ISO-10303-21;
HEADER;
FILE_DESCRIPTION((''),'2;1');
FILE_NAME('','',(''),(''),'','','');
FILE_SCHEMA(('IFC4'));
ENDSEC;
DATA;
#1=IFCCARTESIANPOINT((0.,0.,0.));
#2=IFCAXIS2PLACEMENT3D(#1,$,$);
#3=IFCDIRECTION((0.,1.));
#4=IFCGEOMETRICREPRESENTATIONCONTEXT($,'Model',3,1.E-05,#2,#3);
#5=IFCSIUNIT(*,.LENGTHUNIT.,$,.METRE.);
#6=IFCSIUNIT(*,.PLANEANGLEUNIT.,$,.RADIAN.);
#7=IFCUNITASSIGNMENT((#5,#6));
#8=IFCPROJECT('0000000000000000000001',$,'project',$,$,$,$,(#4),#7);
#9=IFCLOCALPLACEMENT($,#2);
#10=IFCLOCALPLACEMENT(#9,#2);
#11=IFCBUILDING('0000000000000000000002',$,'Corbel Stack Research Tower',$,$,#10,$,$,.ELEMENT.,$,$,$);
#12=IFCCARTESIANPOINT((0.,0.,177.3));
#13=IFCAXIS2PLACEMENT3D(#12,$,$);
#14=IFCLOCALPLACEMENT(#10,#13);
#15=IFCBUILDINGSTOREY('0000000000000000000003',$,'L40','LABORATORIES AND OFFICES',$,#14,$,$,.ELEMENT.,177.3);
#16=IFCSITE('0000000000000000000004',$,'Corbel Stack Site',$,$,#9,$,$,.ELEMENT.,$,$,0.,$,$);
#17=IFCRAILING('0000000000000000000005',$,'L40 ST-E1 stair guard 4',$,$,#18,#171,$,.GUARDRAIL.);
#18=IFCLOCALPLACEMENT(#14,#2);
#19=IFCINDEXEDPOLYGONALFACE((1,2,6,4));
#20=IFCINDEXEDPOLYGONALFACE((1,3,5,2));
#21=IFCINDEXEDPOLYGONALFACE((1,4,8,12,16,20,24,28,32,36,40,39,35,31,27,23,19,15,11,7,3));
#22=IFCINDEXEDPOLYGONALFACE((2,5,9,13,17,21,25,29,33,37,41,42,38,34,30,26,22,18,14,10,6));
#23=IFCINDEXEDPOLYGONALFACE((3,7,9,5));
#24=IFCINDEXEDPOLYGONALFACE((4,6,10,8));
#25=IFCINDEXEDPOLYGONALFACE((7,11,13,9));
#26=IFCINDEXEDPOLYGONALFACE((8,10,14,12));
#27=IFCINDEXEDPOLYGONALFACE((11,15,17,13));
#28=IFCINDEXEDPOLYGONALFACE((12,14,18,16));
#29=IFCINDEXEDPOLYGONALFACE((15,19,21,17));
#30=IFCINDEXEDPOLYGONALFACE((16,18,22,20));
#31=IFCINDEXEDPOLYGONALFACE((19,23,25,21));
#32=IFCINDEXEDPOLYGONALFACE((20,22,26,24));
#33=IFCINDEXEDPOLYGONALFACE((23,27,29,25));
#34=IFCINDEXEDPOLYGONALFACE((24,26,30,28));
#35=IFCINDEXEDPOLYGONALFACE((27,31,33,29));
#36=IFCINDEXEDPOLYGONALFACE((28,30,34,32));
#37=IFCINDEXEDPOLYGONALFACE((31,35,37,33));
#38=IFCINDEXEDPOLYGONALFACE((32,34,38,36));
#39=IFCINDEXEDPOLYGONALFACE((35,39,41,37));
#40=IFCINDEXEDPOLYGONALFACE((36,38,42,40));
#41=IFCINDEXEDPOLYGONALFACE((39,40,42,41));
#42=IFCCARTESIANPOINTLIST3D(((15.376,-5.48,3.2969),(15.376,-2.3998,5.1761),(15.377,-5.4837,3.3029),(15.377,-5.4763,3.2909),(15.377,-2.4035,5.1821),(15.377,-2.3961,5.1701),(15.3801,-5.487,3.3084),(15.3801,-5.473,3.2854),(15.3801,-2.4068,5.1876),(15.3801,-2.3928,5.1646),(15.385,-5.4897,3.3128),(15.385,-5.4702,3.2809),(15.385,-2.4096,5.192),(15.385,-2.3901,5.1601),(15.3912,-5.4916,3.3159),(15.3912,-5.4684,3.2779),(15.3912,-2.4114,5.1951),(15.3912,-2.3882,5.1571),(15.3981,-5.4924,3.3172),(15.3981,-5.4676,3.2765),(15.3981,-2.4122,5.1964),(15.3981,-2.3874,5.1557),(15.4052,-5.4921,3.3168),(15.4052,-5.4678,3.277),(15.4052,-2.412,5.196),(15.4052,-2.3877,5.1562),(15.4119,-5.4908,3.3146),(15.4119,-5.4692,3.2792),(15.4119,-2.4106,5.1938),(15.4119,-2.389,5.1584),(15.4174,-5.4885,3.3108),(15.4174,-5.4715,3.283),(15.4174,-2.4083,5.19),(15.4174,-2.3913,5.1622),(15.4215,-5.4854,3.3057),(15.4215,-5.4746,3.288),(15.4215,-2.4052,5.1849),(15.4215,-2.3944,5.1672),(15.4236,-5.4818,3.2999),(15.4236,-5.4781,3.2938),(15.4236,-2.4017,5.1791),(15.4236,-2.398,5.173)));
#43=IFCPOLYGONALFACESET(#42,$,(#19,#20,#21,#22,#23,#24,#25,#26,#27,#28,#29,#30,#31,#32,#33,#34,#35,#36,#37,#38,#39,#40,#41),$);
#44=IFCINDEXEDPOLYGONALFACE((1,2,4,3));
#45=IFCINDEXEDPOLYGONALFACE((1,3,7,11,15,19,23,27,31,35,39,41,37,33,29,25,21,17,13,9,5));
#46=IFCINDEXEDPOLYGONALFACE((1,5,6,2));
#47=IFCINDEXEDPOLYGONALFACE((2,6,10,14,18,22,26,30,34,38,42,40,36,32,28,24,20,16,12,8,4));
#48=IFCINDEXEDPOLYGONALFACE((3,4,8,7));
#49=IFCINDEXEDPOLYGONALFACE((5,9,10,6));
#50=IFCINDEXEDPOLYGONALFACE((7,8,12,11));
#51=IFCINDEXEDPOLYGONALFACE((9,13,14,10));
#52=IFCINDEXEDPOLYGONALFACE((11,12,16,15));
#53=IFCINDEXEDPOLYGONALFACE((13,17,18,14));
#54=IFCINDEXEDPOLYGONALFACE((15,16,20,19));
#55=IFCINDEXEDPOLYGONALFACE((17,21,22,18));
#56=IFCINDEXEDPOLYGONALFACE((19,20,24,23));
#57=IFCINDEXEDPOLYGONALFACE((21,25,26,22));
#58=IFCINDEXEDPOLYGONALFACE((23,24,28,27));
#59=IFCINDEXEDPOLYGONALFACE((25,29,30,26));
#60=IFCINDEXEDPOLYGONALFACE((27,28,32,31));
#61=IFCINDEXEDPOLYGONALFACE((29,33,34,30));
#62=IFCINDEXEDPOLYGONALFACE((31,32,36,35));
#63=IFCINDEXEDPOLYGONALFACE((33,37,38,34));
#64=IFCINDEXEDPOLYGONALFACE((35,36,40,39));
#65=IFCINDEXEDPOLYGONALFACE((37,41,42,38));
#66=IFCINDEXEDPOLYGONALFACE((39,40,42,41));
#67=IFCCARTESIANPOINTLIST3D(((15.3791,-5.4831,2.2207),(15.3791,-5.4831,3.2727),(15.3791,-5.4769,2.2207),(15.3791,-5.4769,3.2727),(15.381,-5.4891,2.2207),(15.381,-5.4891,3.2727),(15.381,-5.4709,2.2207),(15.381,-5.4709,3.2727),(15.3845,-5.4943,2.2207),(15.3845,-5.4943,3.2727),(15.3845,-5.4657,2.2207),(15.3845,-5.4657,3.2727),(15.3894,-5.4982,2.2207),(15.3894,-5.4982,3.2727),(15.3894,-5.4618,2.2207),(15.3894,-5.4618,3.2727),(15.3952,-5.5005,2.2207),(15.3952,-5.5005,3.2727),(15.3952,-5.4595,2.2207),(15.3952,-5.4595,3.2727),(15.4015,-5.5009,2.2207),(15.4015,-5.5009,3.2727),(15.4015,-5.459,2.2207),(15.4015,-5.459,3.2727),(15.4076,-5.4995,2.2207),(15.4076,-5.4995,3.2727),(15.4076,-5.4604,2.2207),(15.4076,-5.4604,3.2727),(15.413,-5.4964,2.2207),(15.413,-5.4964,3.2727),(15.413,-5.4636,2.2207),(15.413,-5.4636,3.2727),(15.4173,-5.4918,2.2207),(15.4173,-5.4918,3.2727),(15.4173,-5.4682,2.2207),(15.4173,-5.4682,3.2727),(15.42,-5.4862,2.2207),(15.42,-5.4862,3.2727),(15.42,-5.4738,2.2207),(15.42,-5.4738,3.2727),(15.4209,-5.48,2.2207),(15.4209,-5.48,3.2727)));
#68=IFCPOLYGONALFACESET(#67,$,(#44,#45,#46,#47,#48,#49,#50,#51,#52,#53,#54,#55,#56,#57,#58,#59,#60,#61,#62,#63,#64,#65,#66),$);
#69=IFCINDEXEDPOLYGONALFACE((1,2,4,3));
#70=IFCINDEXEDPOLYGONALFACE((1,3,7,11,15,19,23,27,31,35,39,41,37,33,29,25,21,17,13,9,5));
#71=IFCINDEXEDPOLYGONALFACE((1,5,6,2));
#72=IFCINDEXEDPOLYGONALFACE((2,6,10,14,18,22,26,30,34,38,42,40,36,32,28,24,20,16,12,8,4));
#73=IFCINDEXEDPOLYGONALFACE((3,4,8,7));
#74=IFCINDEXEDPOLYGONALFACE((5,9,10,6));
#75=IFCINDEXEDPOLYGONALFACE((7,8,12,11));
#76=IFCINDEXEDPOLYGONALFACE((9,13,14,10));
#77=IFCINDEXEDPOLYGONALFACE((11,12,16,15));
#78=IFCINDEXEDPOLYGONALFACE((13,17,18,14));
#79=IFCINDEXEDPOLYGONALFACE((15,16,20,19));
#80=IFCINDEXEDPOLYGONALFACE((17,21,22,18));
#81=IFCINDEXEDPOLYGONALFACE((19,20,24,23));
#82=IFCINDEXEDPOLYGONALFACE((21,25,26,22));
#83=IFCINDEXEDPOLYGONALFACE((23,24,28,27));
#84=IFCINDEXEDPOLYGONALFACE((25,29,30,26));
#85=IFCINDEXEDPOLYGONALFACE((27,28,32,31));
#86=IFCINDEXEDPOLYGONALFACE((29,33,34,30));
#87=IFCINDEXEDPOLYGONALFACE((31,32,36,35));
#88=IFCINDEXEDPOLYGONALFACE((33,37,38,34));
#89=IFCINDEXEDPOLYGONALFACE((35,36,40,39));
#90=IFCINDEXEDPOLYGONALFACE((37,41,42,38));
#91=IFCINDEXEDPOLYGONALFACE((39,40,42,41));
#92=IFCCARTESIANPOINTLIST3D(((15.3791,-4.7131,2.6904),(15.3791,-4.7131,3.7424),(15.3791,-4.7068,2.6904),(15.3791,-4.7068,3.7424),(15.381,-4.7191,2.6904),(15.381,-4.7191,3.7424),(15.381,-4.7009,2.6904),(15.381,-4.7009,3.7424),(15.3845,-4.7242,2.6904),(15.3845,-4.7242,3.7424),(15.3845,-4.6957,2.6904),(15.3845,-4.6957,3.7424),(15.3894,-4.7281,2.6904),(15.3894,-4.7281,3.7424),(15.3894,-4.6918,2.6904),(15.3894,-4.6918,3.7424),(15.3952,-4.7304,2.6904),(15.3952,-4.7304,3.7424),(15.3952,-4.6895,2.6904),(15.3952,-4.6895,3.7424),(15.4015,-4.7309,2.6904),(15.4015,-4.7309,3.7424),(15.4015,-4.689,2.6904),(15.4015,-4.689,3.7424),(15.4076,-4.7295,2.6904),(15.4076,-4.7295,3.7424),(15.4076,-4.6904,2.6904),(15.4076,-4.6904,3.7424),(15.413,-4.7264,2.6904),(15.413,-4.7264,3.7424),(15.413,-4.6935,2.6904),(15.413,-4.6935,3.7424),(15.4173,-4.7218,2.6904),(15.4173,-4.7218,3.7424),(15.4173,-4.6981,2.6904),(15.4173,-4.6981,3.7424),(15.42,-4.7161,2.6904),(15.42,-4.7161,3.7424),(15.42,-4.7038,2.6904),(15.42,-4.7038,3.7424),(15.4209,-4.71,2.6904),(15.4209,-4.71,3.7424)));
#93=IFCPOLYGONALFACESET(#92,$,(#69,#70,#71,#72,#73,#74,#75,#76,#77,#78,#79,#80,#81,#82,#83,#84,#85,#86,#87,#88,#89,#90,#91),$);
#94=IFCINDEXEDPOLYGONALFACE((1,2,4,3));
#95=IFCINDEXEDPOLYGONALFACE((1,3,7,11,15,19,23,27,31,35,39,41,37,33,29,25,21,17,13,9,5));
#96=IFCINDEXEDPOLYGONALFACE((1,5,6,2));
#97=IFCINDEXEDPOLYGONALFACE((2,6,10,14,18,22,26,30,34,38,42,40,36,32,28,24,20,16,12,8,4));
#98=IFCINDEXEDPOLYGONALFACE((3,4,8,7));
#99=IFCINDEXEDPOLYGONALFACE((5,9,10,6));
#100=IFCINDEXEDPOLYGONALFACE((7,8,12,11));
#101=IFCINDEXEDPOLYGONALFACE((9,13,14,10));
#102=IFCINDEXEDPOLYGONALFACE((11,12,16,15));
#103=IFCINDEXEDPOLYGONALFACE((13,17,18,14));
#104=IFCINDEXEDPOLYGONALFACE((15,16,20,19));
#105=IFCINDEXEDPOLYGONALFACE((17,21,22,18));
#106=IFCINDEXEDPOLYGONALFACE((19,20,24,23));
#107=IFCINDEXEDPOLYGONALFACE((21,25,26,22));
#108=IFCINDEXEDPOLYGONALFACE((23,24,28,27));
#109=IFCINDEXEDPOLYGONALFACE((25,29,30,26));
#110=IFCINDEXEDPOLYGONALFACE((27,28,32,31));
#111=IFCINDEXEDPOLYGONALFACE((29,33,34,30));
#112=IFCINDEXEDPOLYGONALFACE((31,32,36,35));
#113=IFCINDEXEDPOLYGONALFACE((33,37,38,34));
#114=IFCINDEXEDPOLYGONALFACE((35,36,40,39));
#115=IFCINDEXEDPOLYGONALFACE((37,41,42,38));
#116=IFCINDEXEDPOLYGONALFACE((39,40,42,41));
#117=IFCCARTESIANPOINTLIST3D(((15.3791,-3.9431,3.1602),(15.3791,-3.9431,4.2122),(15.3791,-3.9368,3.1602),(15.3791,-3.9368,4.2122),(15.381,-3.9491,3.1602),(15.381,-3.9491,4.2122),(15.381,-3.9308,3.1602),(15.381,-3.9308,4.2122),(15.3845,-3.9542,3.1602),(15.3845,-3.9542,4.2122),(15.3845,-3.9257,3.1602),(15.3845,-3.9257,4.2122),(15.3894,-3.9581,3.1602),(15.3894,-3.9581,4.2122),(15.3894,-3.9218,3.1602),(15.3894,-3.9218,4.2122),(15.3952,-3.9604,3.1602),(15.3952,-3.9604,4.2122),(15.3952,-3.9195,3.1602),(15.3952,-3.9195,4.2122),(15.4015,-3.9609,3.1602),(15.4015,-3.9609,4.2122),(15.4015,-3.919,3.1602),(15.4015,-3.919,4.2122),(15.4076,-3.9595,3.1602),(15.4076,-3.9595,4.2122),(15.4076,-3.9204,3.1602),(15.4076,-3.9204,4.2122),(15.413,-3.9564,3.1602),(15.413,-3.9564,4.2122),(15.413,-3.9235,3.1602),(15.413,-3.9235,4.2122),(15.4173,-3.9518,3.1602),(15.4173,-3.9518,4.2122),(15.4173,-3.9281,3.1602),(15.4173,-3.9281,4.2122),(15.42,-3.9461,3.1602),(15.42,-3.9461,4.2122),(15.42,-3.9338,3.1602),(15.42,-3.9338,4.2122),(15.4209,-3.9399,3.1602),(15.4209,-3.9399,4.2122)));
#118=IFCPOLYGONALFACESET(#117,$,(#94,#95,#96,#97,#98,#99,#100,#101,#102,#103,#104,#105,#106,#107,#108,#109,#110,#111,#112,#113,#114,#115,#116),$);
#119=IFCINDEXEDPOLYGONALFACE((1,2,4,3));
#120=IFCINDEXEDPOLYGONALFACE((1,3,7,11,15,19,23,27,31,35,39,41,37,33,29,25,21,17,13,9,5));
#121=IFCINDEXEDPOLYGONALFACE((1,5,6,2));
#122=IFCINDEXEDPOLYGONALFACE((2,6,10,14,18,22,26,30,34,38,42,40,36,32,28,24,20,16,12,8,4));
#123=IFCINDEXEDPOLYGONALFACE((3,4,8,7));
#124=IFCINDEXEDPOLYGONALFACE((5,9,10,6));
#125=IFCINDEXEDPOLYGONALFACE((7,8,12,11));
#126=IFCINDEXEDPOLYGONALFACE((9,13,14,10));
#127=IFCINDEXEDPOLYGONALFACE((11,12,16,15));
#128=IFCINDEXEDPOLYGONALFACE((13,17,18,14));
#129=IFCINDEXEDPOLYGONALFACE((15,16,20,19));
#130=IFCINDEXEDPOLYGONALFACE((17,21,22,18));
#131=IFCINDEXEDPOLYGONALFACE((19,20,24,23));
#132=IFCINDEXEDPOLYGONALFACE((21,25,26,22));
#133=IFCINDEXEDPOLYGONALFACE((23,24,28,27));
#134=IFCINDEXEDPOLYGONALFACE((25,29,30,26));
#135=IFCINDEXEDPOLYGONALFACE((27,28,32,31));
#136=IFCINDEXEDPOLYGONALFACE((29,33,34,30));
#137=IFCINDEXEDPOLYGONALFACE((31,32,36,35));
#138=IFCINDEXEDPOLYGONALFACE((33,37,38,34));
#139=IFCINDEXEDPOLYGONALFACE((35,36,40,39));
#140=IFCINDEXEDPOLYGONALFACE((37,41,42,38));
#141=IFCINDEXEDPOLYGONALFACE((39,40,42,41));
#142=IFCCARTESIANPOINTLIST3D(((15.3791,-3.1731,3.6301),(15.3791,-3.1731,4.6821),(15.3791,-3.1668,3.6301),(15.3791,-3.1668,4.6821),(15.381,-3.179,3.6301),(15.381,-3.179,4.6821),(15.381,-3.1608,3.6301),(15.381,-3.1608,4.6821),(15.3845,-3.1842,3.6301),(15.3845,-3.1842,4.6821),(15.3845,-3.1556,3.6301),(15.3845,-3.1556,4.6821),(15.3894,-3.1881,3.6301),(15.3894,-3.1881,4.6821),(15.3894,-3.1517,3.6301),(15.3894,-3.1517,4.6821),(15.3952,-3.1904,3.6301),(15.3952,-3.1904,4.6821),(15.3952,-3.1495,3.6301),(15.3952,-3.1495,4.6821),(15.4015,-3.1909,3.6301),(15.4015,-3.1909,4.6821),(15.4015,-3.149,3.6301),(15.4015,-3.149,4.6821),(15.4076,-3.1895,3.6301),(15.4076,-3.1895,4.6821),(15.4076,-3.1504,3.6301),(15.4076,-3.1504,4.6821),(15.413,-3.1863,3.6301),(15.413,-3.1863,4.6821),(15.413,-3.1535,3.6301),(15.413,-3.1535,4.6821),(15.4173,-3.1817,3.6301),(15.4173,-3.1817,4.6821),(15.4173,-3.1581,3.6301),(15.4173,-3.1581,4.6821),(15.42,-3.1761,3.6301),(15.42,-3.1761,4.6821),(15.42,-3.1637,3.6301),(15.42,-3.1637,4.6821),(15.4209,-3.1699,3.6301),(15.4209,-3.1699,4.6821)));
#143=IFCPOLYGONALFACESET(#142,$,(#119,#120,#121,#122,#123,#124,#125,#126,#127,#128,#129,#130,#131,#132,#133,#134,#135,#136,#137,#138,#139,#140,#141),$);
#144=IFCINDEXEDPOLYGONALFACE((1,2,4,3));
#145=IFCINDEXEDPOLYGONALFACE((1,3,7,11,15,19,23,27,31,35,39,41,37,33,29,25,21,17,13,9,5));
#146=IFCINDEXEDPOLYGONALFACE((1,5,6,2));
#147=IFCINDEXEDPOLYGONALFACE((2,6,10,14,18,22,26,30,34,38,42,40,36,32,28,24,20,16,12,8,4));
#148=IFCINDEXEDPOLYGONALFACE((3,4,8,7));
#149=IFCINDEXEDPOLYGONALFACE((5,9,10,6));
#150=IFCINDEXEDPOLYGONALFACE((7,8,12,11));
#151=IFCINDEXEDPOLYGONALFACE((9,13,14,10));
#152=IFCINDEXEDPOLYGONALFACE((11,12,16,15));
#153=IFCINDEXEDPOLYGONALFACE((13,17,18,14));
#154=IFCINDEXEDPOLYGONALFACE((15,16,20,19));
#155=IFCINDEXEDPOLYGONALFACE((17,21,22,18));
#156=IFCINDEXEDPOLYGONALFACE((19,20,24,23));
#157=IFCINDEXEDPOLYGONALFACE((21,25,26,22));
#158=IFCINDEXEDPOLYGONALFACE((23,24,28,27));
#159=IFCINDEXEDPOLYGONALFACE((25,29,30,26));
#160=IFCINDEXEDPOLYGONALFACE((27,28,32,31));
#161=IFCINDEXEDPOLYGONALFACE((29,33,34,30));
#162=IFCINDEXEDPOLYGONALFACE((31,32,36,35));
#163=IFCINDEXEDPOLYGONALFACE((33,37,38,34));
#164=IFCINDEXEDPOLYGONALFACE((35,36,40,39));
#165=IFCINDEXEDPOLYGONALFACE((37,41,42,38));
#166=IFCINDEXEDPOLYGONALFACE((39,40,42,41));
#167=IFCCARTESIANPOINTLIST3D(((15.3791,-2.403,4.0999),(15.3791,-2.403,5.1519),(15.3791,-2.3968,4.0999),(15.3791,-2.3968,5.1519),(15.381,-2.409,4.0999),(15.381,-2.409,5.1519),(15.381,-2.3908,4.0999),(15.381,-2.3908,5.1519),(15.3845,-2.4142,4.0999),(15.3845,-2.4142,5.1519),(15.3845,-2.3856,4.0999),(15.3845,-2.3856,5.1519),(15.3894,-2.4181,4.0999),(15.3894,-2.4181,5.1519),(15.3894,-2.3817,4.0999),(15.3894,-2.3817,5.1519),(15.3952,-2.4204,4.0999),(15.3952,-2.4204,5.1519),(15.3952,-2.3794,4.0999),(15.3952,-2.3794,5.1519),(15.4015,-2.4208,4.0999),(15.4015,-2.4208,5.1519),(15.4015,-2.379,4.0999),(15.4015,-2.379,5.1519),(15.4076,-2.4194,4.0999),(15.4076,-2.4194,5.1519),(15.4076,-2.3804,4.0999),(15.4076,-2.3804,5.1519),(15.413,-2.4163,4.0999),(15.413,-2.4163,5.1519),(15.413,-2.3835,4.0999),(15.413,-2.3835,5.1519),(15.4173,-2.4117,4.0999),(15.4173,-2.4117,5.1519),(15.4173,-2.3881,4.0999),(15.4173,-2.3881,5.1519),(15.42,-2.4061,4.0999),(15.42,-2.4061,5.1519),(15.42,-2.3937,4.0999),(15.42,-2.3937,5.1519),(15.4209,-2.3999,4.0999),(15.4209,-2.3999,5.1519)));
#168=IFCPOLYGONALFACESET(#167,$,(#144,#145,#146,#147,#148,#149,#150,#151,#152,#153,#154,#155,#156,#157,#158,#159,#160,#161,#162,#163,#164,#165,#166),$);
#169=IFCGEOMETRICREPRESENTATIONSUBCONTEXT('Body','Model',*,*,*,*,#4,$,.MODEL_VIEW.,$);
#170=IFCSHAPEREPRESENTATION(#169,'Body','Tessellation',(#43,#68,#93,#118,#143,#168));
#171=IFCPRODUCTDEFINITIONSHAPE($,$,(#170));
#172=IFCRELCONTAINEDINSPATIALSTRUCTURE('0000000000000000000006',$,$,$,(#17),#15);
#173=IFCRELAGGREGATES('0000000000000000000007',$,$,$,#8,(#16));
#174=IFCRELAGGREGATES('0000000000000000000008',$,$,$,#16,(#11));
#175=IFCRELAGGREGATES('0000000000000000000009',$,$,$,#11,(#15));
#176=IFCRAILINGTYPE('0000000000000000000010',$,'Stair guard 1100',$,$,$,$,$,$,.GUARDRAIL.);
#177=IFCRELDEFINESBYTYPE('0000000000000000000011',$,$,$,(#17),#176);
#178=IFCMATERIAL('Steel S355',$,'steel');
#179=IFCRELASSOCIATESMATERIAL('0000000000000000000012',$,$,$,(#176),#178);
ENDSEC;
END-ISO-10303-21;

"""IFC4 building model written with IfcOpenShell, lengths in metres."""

from ifc_helpers import new_model, si_unit, direction, frame, origin, origin_2d, place, context, subcontext, project, spatial, circle, extrude, material, type_object, element, save


model = new_model("IFC4")

# Units and contexts
model_context = context("Model", 3, precision=1e-05, world=origin(), true_north=direction((0.0, 1.0)))
body_context = subcontext(model_context, "Body", "Model", "MODEL_VIEW")
ifc_project = project(units=[si_unit("LENGTHUNIT", "METRE"), si_unit("PLANEANGLEUNIT", "RADIAN")], contexts=[model_context])

# Site, building, storey
site_placement = place(None, origin())
site = spatial("IfcSite", under=ifc_project, at=site_placement, Name="Corbel Stack Site", CompositionType="ELEMENT", RefElevation=0.0)
building_placement = place(site_placement, origin())
building = spatial("IfcBuilding", under=site, at=building_placement, Name="Corbel Stack Research Tower", CompositionType="ELEMENT")
storey_placement = place(building_placement, frame((0.0, 0.0, 177.3)))
storey = spatial("IfcBuildingStorey", under=building, at=storey_placement, Name="L40", Description="LABORATORIES AND OFFICES", CompositionType="ELEMENT", Elevation=177.3)

# Railing
ifc_material_1 = material(Name="Steel S355", Category="steel")
railing_type_1 = type_object("IfcRailingType", Name="Stair guard 1100", PredefinedType="GUARDRAIL", material=ifc_material_1)
railing_1_placement = place(storey_placement, frame((15.3999, -5.48, 2.2207)))
element("IfcRailing", 1, at=railing_1_placement, inside=storey, type_object=railing_type_1, Name="L40 ST-E1 stair guard 4", PredefinedType="GUARDRAIL", context=body_context, shape_type="SweptSolid", body=[
    extrude(circle(Radius=0.0239, at=origin_2d()), frame((0.0, 0.0, 1.0762), z_axis=(0.0, 0.853666, 0.52082), x_axis=(-1.0, 0.0, 0.0)), (0.0, 0.0, 1.0), 3.6082),
    extrude(circle(Radius=0.021, at=origin_2d()), origin(), (0.0, 0.0, 1.0), 1.052),
    extrude(circle(Radius=0.021, at=origin_2d()), frame((0.0, 0.77, 0.4697)), (0.0, 0.0, 1.0), 1.052),
    extrude(circle(Radius=0.021, at=origin_2d()), frame((0.0, 1.54, 0.9395)), (0.0, 0.0, 1.0), 1.052),
    extrude(circle(Radius=0.021, at=origin_2d()), frame((0.0, 2.3101, 1.4094)), (0.0, 0.0, 1.0), 1.052),
    extrude(circle(Radius=0.021, at=origin_2d()), frame((0.0, 3.0801, 1.8792)), (0.0, 0.0, 1.0), 1.052),
])

save(model, "model.ifc")
